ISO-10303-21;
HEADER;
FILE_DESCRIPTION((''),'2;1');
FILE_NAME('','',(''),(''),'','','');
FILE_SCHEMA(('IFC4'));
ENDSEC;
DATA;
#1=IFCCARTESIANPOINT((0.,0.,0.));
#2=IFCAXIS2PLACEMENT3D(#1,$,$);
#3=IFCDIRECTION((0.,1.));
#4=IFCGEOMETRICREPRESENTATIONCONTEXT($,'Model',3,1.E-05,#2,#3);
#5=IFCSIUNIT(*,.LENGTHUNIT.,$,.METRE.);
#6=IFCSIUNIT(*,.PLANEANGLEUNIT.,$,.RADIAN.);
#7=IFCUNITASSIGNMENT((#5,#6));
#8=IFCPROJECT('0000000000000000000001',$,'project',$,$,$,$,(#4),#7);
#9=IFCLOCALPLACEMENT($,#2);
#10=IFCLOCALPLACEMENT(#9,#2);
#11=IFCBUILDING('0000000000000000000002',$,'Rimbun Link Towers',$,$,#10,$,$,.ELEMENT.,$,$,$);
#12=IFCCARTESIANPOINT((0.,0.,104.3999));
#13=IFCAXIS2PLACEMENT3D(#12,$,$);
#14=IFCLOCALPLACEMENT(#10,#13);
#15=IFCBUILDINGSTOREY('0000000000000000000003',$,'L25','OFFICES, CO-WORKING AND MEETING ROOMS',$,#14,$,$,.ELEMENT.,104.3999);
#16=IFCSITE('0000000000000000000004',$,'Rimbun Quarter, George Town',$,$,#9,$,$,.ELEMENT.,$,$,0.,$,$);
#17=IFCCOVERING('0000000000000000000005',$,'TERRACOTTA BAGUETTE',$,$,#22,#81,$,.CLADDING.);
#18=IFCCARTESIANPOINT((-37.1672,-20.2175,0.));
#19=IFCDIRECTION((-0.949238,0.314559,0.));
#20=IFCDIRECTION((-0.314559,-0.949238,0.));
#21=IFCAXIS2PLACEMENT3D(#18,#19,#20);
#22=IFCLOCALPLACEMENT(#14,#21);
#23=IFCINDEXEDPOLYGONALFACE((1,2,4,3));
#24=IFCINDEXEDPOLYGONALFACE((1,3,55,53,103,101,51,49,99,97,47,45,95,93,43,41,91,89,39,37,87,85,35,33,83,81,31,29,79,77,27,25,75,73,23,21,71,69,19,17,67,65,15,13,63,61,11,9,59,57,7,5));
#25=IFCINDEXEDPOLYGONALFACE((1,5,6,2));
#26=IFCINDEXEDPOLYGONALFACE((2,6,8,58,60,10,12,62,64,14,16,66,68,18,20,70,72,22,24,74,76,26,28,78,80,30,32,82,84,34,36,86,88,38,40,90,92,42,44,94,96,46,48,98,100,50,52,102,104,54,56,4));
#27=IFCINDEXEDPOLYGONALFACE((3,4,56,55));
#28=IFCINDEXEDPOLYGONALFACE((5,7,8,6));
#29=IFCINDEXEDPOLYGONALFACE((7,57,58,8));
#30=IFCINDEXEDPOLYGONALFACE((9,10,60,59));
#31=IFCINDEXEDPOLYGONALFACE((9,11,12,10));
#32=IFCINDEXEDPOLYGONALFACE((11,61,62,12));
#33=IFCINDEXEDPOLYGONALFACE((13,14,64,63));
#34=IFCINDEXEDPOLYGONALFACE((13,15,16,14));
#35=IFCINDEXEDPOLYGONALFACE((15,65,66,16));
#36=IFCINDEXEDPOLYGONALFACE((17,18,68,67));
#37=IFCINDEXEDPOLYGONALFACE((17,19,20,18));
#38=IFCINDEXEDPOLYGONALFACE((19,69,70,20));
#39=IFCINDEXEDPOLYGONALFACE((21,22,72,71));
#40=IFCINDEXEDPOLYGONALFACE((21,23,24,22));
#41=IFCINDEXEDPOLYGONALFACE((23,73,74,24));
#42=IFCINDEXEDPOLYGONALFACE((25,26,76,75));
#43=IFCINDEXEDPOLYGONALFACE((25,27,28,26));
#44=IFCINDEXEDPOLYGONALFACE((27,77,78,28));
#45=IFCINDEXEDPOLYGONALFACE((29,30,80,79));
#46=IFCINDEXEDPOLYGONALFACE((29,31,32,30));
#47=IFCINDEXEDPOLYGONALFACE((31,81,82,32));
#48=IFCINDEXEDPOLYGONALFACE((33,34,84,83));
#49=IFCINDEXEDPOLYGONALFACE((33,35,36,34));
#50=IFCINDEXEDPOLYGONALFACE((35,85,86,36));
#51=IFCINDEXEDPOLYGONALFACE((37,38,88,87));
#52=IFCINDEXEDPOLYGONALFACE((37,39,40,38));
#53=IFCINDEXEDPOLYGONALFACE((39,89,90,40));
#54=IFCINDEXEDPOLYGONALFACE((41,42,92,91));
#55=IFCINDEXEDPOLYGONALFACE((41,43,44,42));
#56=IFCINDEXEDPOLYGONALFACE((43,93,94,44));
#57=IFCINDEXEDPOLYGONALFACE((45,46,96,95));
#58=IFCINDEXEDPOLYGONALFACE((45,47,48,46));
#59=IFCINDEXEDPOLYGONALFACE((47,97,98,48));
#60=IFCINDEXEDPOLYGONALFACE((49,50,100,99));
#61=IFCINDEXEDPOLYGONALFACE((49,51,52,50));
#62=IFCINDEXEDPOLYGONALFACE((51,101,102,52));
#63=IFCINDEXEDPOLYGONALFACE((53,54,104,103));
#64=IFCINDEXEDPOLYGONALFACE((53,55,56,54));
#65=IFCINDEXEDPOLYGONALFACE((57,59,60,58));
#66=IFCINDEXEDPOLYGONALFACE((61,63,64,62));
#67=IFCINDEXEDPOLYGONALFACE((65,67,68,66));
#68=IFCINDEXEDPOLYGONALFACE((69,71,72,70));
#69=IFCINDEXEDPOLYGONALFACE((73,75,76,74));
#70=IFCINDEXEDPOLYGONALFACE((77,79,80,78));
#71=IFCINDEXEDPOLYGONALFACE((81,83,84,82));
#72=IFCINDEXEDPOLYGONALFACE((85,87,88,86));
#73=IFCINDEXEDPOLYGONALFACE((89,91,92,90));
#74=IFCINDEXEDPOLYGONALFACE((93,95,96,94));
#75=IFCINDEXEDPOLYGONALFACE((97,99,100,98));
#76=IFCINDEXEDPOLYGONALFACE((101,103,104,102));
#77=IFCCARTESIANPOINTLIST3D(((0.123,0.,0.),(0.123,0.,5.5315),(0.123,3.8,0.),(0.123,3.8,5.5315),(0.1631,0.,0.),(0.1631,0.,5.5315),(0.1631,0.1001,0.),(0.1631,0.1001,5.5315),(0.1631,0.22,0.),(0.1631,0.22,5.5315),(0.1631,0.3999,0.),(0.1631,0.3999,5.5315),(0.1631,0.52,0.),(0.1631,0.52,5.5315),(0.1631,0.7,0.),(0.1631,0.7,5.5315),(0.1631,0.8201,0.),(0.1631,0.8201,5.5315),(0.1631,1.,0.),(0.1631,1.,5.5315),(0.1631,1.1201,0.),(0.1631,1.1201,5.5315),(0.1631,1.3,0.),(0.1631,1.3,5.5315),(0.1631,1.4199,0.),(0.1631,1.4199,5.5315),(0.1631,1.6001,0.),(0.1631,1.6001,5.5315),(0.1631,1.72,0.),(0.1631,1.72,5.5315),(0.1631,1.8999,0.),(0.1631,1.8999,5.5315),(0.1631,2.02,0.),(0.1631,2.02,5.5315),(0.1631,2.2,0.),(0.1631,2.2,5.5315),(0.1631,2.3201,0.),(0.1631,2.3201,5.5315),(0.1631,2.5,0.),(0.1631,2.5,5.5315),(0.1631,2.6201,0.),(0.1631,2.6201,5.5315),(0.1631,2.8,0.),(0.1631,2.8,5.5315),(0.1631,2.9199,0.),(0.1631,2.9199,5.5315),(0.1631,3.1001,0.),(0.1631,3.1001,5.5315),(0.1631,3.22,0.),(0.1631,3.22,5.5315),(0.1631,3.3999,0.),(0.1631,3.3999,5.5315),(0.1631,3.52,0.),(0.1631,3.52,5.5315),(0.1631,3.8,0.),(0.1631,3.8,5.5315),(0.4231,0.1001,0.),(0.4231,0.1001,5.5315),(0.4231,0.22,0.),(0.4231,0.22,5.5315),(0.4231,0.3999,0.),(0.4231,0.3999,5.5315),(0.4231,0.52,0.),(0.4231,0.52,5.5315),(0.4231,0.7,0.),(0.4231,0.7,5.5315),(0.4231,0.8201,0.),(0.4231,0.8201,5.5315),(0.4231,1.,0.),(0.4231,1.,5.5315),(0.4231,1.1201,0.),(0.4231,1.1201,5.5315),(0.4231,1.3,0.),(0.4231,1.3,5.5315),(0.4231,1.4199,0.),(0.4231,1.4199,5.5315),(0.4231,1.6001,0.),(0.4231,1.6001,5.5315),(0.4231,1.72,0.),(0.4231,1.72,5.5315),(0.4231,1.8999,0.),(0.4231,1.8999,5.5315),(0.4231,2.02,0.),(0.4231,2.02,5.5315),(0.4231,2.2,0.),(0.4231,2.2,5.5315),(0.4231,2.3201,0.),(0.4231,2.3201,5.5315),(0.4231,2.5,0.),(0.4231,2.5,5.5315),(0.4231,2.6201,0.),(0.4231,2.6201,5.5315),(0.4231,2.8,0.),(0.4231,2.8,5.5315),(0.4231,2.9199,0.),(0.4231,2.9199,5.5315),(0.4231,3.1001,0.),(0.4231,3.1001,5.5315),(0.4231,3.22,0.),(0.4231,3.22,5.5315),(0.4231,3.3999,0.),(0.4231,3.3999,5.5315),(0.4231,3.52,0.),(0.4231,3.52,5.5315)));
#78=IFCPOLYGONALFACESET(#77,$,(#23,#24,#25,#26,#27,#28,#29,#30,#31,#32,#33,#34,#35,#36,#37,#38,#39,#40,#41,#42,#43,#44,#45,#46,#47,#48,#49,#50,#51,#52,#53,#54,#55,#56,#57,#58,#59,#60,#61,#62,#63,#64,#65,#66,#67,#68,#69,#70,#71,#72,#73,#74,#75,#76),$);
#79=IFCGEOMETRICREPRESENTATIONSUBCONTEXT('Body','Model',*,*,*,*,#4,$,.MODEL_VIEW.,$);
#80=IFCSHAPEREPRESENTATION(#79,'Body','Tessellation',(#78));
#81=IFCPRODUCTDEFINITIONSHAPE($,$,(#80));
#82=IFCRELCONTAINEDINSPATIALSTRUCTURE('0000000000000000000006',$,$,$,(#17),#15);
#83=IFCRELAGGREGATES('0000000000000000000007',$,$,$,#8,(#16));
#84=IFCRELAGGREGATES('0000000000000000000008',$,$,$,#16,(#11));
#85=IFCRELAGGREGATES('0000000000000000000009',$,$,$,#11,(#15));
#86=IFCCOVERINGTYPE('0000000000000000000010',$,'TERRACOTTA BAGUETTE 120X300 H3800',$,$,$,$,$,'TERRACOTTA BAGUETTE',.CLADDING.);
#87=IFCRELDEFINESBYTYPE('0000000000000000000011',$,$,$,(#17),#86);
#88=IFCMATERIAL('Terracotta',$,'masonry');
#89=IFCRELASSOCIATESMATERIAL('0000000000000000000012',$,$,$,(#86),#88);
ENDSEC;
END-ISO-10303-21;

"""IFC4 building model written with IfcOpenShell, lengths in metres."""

from ifc_helpers import new_model, si_unit, direction, frame, origin, place, context, subcontext, project, spatial, polyline, outline, extrude, material, material_profile, profile_set, type_object, element, save


model = new_model("IFC4")

# Units and contexts
model_context = context("Model", 3, precision=1e-05, world=origin(), true_north=direction((0.0, 1.0)))
body_context = subcontext(model_context, "Body", "Model", "MODEL_VIEW")
ifc_project = project(units=[si_unit("LENGTHUNIT", "METRE"), si_unit("PLANEANGLEUNIT", "RADIAN")], contexts=[model_context])

# Site, building, storey
site_placement = place(None, origin())
site = spatial("IfcSite", under=ifc_project, at=site_placement, Name="Rimbun Quarter, George Town", CompositionType="ELEMENT", RefElevation=0.0)
building_placement = place(site_placement, origin())
building = spatial("IfcBuilding", under=site, at=building_placement, Name="Rimbun Link Towers", CompositionType="ELEMENT")
storey_placement = place(building_placement, frame((0.0, 0.0, 104.3999)))
storey = spatial("IfcBuildingStorey", under=building, at=storey_placement, Name="L25", Description="OFFICES, CO-WORKING AND MEETING ROOMS", CompositionType="ELEMENT", Elevation=104.3999)

# Covering
ifc_material_1 = material(Name="Terracotta", Category="masonry")
ifc_material_profile_1 = material_profile(ifc_material_1, outline(polyline([(0.123, 0.0), (0.1631, 0.0), (0.1631, 0.1001), (0.4231, 0.1001), (0.4231, 0.22), (0.1631, 0.22), (0.1631, 0.3999), (0.4231, 0.3999), (0.4231, 0.52), (0.1631, 0.52), (0.1631, 0.7), (0.4231, 0.7), (0.4231, 0.8201), (0.1631, 0.8201), (0.1631, 1.0), (0.4231, 1.0), (0.4231, 1.1201), (0.1631, 1.1201), (0.1631, 1.3), (0.4231, 1.3), (0.4231, 1.4199), (0.1631, 1.4199), (0.1631, 1.6001), (0.4231, 1.6001), (0.4231, 1.72), (0.1631, 1.72), (0.1631, 1.8999), (0.4231, 1.8999), (0.4231, 2.02), (0.1631, 2.02), (0.1631, 2.2), (0.4231, 2.2), (0.4231, 2.3201), (0.1631, 2.3201), (0.1631, 2.5), (0.4231, 2.5), (0.4231, 2.6201), (0.1631, 2.6201), (0.1631, 2.8), (0.4231, 2.8), (0.4231, 2.9199), (0.1631, 2.9199), (0.1631, 3.1001), (0.4231, 3.1001), (0.4231, 3.22), (0.1631, 3.22), (0.1631, 3.3999), (0.4231, 3.3999), (0.4231, 3.52), (0.1631, 3.52), (0.1631, 3.8), (0.123, 3.8), (0.123, 0.0)])), Name="BAGUETTE 120X300")
ifc_profile_set_1 = profile_set([ifc_material_profile_1], Name="Terracotta")
covering_type = type_object("IfcCoveringType", Name="TERRACOTTA BAGUETTE 120X300 H3800", ElementType="TERRACOTTA BAGUETTE", PredefinedType="CLADDING", material=ifc_profile_set_1)
covering_placement = place(storey_placement, frame((-37.1672, -20.2175, 0.0), z_axis=(-0.949238, 0.314559, 0.0), x_axis=(-0.314559, -0.949238, 0.0)))
element("IfcCovering", 1, at=covering_placement, inside=storey, type_object=covering_type, Name="TERRACOTTA BAGUETTE", PredefinedType="CLADDING", context=body_context, shape_type="SweptSolid", body=[
    extrude(outline(polyline([(0.123, 0.0), (0.1631, 0.0), (0.1631, 0.1001), (0.4231, 0.1001), (0.4231, 0.22), (0.1631, 0.22), (0.1631, 0.3999), (0.4231, 0.3999), (0.4231, 0.52), (0.1631, 0.52), (0.1631, 0.7), (0.4231, 0.7), (0.4231, 0.8201), (0.1631, 0.8201), (0.1631, 1.0), (0.4231, 1.0), (0.4231, 1.1201), (0.1631, 1.1201), (0.1631, 1.3), (0.4231, 1.3), (0.4231, 1.4199), (0.1631, 1.4199), (0.1631, 1.6001), (0.4231, 1.6001), (0.4231, 1.72), (0.1631, 1.72), (0.1631, 1.8999), (0.4231, 1.8999), (0.4231, 2.02), (0.1631, 2.02), (0.1631, 2.2), (0.4231, 2.2), (0.4231, 2.3201), (0.1631, 2.3201), (0.1631, 2.5), (0.4231, 2.5), (0.4231, 2.6201), (0.1631, 2.6201), (0.1631, 2.8), (0.4231, 2.8), (0.4231, 2.9199), (0.1631, 2.9199), (0.1631, 3.1001), (0.4231, 3.1001), (0.4231, 3.22), (0.1631, 3.22), (0.1631, 3.3999), (0.4231, 3.3999), (0.4231, 3.52), (0.1631, 3.52), (0.1631, 3.8), (0.123, 3.8), (0.123, 0.0)])), origin(), (0.0, 0.0, 1.0), 5.5315),
])

save(model, "model.ifc")
